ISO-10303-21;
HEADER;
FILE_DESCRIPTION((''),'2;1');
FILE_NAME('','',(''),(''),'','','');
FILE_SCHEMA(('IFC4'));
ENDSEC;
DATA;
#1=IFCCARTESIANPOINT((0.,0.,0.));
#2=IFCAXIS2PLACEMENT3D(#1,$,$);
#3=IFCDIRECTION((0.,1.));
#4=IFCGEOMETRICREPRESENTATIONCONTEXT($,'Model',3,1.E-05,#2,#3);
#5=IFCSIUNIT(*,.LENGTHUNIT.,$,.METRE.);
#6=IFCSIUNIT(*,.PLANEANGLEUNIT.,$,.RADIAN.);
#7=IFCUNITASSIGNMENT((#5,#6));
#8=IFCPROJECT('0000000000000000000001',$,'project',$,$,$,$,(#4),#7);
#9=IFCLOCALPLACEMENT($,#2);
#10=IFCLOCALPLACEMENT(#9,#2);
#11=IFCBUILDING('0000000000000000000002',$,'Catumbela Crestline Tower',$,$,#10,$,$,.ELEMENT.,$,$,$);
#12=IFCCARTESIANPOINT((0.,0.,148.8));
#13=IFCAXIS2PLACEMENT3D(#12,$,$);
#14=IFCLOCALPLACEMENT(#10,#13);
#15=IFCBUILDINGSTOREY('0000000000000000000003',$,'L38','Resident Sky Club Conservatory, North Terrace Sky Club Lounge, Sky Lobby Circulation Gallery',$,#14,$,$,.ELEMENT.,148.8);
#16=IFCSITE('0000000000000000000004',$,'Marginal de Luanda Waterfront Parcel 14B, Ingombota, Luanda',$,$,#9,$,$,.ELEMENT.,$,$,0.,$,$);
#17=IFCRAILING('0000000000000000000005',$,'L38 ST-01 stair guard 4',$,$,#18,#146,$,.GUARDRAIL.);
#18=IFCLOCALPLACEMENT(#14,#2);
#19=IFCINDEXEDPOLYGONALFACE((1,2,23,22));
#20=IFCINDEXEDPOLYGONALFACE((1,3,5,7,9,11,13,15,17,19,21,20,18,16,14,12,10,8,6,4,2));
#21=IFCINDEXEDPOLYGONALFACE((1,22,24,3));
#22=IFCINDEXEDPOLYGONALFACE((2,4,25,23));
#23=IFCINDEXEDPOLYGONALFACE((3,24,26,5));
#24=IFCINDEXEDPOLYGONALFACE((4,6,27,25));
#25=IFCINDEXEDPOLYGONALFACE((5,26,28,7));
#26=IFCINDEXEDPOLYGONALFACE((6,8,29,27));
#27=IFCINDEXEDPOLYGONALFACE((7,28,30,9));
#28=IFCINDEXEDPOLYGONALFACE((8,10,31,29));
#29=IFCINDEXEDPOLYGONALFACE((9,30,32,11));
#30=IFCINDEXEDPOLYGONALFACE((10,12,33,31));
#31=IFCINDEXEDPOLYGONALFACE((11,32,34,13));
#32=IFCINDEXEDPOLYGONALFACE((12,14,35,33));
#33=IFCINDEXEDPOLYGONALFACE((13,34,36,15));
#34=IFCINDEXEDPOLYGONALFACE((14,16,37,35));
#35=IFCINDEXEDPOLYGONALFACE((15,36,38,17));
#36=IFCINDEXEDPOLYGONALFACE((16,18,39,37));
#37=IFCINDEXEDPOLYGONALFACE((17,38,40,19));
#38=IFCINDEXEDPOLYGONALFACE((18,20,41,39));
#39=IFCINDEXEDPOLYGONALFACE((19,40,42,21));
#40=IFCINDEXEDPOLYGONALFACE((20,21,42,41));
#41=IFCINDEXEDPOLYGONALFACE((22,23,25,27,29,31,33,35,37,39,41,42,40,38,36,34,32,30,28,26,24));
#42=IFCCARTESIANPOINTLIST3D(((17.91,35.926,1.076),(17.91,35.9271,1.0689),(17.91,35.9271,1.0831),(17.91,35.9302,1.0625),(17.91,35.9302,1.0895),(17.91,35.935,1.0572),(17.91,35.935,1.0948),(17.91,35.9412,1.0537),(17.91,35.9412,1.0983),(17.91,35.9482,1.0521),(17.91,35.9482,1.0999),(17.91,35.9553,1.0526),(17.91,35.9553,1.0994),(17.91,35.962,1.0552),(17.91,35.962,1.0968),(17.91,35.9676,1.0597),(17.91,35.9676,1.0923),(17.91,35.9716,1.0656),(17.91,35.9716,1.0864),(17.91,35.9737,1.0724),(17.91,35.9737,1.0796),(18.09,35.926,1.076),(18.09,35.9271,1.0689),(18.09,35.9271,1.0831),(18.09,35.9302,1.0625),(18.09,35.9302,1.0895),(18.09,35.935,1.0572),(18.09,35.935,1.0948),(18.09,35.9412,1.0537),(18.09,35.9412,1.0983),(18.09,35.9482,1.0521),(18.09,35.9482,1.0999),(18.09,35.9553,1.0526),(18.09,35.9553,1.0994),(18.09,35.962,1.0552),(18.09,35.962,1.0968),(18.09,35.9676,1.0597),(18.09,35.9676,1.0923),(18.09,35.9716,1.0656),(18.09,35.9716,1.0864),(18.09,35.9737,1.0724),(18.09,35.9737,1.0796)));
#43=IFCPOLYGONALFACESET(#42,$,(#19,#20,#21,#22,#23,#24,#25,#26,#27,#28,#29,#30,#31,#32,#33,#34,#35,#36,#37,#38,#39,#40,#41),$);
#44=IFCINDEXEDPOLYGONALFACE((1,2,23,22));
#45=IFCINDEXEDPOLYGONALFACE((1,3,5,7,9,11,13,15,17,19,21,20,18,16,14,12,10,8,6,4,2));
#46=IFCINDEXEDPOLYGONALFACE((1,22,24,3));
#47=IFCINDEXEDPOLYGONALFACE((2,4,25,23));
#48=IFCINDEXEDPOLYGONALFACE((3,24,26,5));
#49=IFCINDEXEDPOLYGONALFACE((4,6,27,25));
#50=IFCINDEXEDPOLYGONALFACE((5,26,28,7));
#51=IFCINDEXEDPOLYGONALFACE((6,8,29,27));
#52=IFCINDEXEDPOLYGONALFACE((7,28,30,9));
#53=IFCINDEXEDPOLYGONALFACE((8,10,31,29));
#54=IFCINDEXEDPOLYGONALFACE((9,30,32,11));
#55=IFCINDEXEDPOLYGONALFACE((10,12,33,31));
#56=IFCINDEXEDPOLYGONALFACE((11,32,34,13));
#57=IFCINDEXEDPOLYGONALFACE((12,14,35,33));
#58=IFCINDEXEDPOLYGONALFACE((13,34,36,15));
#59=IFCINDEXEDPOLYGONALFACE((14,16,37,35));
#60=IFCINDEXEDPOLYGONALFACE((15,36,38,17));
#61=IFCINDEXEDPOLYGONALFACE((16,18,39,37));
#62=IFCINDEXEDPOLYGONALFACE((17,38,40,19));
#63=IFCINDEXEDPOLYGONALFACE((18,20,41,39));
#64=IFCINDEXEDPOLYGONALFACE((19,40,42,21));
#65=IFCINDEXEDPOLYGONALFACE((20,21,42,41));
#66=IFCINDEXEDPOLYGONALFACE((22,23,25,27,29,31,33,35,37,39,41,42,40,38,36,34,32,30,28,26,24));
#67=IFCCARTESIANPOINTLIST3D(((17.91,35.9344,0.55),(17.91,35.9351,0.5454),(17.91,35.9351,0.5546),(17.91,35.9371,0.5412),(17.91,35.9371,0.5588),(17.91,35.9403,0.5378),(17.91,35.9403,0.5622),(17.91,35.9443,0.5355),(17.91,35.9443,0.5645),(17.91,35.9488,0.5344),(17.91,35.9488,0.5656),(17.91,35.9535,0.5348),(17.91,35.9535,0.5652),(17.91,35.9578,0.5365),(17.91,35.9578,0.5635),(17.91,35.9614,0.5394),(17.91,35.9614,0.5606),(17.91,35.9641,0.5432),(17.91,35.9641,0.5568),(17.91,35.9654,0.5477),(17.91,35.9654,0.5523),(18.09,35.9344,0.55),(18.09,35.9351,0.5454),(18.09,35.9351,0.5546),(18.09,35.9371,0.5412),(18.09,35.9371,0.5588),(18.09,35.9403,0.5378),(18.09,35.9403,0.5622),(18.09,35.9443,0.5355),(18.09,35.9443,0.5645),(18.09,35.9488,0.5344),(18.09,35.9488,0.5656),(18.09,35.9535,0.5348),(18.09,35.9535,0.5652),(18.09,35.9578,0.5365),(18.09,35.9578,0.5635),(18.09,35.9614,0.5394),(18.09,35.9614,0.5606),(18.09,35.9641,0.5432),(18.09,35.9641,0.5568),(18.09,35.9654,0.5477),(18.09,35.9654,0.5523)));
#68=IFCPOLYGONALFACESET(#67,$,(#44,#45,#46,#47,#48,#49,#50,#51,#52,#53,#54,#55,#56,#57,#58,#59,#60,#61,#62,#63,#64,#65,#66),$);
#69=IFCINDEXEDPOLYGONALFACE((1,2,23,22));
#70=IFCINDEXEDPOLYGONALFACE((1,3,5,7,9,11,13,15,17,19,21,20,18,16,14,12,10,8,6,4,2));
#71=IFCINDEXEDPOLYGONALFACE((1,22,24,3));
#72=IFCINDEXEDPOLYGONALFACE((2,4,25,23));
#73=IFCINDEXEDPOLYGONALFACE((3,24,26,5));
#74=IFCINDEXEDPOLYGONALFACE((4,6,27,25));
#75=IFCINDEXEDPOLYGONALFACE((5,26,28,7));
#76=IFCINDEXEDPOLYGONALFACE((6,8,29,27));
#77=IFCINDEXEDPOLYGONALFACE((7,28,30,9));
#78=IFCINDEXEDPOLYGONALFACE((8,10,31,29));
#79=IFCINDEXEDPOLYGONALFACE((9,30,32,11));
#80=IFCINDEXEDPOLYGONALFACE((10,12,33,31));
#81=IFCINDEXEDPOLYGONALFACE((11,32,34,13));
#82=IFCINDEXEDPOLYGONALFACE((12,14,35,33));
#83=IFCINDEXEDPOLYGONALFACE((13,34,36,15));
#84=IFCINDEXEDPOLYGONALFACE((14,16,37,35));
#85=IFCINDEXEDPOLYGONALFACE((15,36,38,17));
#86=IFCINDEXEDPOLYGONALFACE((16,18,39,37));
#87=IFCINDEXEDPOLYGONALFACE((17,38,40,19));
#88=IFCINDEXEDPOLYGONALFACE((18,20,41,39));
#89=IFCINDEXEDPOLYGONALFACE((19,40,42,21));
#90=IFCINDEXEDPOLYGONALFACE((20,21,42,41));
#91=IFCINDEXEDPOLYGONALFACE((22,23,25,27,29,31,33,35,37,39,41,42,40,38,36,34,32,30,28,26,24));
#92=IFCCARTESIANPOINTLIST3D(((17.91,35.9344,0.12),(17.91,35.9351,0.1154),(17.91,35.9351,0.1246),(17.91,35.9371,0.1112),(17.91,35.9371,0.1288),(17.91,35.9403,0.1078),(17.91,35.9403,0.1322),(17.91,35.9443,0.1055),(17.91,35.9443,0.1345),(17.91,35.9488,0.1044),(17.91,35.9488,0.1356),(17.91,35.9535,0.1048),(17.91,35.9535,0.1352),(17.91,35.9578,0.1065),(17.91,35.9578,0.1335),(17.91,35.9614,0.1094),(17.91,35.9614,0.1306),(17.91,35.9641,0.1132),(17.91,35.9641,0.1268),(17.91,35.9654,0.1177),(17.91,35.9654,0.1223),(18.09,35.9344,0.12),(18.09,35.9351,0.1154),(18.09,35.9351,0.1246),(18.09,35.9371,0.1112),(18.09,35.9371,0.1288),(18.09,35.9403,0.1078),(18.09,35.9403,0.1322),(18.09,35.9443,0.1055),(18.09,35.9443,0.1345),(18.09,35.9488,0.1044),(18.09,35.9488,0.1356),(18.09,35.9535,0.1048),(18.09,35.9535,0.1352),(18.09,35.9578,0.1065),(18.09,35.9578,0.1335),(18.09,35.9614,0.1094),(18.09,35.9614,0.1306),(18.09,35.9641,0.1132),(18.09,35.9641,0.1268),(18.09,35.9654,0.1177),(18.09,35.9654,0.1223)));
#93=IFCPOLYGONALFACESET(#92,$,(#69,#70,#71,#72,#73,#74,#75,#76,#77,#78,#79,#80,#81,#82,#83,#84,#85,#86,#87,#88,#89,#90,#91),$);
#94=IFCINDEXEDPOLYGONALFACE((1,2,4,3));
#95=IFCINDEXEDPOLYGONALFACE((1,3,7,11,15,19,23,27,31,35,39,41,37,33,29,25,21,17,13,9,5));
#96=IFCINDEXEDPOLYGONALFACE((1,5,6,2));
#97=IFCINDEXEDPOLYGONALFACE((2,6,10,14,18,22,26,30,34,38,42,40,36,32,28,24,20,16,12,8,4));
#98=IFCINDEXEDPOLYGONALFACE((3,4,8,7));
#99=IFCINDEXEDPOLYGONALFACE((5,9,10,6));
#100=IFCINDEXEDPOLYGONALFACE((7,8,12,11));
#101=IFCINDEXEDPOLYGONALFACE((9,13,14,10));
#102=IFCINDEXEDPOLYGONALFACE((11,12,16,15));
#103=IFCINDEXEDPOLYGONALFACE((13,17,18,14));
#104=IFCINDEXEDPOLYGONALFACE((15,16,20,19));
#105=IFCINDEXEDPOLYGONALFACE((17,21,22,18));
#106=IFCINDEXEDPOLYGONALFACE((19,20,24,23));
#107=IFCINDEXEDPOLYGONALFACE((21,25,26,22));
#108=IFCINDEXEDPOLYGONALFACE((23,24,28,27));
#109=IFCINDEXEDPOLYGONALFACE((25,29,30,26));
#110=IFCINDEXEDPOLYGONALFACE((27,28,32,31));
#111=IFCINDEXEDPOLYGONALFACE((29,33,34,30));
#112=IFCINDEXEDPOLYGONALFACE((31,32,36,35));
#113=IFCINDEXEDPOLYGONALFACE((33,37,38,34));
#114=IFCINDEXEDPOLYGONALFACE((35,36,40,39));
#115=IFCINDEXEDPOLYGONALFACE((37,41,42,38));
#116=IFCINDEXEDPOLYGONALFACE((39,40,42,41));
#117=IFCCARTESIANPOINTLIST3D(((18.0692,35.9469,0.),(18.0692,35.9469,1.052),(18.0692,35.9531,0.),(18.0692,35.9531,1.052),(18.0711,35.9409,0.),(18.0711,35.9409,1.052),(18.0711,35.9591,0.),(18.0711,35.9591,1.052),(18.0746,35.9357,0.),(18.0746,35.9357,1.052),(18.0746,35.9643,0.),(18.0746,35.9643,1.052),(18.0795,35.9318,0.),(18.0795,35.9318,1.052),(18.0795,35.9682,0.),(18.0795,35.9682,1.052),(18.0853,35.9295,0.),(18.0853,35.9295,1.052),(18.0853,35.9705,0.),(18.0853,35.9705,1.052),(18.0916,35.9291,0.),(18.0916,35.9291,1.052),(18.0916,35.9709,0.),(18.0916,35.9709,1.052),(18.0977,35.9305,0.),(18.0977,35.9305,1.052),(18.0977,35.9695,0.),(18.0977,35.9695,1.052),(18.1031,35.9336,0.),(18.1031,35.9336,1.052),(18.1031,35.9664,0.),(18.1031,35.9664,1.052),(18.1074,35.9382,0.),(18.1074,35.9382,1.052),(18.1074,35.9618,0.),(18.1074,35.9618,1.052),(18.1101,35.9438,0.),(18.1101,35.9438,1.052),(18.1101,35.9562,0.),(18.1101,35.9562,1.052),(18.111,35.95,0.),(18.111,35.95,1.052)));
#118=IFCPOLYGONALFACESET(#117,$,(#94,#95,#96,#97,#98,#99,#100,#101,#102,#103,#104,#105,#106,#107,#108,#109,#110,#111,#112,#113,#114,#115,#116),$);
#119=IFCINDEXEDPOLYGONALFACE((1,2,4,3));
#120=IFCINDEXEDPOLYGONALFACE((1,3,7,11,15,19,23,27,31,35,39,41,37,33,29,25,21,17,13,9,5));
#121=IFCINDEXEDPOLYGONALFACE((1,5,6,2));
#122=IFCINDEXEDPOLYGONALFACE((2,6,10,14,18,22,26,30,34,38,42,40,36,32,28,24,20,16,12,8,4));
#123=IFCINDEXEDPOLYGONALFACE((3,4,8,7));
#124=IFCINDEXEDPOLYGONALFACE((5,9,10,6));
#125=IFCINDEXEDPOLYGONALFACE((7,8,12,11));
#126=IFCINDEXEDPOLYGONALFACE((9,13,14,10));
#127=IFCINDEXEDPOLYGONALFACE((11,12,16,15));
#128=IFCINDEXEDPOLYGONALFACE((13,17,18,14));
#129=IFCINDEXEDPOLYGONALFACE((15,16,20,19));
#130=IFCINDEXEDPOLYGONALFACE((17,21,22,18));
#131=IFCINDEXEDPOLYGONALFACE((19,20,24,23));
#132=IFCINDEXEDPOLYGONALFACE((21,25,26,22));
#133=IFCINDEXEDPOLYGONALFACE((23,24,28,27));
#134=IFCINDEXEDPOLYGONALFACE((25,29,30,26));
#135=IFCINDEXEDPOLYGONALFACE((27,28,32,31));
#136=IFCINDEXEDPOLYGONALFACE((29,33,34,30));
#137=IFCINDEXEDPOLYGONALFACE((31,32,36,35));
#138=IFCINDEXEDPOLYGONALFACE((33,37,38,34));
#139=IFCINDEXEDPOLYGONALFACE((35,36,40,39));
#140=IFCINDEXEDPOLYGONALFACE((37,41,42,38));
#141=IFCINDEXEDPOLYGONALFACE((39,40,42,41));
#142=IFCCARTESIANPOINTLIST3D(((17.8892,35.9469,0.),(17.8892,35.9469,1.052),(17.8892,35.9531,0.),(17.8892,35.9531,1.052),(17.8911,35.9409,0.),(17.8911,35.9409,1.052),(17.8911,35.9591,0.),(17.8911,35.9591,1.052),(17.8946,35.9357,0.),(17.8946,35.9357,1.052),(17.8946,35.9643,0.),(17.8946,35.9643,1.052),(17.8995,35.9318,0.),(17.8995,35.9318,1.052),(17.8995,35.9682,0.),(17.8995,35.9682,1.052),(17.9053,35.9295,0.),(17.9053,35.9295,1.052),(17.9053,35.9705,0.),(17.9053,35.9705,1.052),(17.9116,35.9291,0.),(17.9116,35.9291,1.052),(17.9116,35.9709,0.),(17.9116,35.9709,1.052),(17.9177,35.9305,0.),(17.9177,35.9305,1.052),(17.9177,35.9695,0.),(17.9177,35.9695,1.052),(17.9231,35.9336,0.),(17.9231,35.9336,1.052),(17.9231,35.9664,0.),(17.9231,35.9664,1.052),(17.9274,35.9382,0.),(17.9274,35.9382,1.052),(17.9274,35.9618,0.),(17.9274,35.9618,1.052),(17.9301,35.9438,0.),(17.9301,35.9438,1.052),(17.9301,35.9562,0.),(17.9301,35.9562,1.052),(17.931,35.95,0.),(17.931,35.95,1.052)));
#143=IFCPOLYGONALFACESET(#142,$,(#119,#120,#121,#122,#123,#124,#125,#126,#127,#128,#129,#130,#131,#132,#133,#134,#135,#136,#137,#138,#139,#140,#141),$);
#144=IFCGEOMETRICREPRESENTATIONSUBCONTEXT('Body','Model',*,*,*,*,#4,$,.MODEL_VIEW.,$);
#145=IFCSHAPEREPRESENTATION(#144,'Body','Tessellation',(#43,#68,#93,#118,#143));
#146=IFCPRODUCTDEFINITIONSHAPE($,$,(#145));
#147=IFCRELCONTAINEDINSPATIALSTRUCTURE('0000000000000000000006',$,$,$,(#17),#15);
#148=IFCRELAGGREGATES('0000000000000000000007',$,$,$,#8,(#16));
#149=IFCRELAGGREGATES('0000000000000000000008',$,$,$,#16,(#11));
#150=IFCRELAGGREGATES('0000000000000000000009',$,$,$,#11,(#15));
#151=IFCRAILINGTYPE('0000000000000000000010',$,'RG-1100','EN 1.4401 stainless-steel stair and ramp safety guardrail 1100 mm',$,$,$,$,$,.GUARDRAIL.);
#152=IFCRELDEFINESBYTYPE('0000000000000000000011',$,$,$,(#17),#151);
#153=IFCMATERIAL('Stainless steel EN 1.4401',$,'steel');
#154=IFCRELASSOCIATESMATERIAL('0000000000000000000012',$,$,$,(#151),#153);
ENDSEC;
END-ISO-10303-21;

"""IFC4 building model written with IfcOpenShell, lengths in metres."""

from ifc_helpers import new_model, si_unit, direction, frame, origin, origin_2d, place, context, subcontext, project, spatial, circle, extrude, material, type_object, element, save


model = new_model("IFC4")

# Units and contexts
model_context = context("Model", 3, precision=1e-05, world=origin(), true_north=direction((0.0, 1.0)))
body_context = subcontext(model_context, "Body", "Model", "MODEL_VIEW")
ifc_project = project(units=[si_unit("LENGTHUNIT", "METRE"), si_unit("PLANEANGLEUNIT", "RADIAN")], contexts=[model_context])

# Site, building, storey
site_placement = place(None, origin())
site = spatial("IfcSite", under=ifc_project, at=site_placement, Name="Marginal de Luanda Waterfront Parcel 14B, Ingombota, Luanda", CompositionType="ELEMENT", RefElevation=0.0)
building_placement = place(site_placement, origin())
building = spatial("IfcBuilding", under=site, at=building_placement, Name="Catumbela Crestline Tower", CompositionType="ELEMENT")
storey_placement = place(building_placement, frame((0.0, 0.0, 148.8)))
storey = spatial("IfcBuildingStorey", under=building, at=storey_placement, Name="L38", Description="Resident Sky Club Conservatory, North Terrace Sky Club Lounge, Sky Lobby Circulation Gallery", CompositionType="ELEMENT", Elevation=148.8)

# Shared definitions
ifc_material_1 = material(Name="Stainless steel EN 1.4401", Category="steel")

# Railing
railing_type_1 = type_object("IfcRailingType", Name="RG-1100", Description="EN 1.4401 stainless-steel stair and ramp safety guardrail 1100 mm", PredefinedType="GUARDRAIL", material=ifc_material_1)
railing_1_placement = place(storey_placement, frame((18.09, 35.95, 0.0)))
element("IfcRailing", 1, at=railing_1_placement, inside=storey, type_object=railing_type_1, Name="L38 ST-01 stair guard 4", PredefinedType="GUARDRAIL", context=body_context, shape_type="SweptSolid", body=[
    extrude(circle(Radius=0.024, at=origin_2d()), frame((0.0, 0.0, 1.076), z_axis=(-1.0, 0.0, 0.0), x_axis=(0.0, -1.0, 0.0)), (0.0, 0.0, 1.0), 0.18),
    extrude(circle(Radius=0.0156, at=origin_2d()), frame((0.0, 0.0, 0.55), z_axis=(-1.0, 0.0, 0.0), x_axis=(0.0, -1.0, 0.0)), (0.0, 0.0, 1.0), 0.18),
    extrude(circle(Radius=0.0156, at=origin_2d()), frame((0.0, 0.0, 0.12), z_axis=(-1.0, 0.0, 0.0), x_axis=(0.0, -1.0, 0.0)), (0.0, 0.0, 1.0), 0.18),
    extrude(circle(Radius=0.021, at=origin_2d()), origin(), (0.0, 0.0, 1.0), 1.052),
    extrude(circle(Radius=0.021, at=origin_2d()), frame((-0.18, 0.0, 0.0)), (0.0, 0.0, 1.0), 1.052),
])

save(model, "model.ifc")
